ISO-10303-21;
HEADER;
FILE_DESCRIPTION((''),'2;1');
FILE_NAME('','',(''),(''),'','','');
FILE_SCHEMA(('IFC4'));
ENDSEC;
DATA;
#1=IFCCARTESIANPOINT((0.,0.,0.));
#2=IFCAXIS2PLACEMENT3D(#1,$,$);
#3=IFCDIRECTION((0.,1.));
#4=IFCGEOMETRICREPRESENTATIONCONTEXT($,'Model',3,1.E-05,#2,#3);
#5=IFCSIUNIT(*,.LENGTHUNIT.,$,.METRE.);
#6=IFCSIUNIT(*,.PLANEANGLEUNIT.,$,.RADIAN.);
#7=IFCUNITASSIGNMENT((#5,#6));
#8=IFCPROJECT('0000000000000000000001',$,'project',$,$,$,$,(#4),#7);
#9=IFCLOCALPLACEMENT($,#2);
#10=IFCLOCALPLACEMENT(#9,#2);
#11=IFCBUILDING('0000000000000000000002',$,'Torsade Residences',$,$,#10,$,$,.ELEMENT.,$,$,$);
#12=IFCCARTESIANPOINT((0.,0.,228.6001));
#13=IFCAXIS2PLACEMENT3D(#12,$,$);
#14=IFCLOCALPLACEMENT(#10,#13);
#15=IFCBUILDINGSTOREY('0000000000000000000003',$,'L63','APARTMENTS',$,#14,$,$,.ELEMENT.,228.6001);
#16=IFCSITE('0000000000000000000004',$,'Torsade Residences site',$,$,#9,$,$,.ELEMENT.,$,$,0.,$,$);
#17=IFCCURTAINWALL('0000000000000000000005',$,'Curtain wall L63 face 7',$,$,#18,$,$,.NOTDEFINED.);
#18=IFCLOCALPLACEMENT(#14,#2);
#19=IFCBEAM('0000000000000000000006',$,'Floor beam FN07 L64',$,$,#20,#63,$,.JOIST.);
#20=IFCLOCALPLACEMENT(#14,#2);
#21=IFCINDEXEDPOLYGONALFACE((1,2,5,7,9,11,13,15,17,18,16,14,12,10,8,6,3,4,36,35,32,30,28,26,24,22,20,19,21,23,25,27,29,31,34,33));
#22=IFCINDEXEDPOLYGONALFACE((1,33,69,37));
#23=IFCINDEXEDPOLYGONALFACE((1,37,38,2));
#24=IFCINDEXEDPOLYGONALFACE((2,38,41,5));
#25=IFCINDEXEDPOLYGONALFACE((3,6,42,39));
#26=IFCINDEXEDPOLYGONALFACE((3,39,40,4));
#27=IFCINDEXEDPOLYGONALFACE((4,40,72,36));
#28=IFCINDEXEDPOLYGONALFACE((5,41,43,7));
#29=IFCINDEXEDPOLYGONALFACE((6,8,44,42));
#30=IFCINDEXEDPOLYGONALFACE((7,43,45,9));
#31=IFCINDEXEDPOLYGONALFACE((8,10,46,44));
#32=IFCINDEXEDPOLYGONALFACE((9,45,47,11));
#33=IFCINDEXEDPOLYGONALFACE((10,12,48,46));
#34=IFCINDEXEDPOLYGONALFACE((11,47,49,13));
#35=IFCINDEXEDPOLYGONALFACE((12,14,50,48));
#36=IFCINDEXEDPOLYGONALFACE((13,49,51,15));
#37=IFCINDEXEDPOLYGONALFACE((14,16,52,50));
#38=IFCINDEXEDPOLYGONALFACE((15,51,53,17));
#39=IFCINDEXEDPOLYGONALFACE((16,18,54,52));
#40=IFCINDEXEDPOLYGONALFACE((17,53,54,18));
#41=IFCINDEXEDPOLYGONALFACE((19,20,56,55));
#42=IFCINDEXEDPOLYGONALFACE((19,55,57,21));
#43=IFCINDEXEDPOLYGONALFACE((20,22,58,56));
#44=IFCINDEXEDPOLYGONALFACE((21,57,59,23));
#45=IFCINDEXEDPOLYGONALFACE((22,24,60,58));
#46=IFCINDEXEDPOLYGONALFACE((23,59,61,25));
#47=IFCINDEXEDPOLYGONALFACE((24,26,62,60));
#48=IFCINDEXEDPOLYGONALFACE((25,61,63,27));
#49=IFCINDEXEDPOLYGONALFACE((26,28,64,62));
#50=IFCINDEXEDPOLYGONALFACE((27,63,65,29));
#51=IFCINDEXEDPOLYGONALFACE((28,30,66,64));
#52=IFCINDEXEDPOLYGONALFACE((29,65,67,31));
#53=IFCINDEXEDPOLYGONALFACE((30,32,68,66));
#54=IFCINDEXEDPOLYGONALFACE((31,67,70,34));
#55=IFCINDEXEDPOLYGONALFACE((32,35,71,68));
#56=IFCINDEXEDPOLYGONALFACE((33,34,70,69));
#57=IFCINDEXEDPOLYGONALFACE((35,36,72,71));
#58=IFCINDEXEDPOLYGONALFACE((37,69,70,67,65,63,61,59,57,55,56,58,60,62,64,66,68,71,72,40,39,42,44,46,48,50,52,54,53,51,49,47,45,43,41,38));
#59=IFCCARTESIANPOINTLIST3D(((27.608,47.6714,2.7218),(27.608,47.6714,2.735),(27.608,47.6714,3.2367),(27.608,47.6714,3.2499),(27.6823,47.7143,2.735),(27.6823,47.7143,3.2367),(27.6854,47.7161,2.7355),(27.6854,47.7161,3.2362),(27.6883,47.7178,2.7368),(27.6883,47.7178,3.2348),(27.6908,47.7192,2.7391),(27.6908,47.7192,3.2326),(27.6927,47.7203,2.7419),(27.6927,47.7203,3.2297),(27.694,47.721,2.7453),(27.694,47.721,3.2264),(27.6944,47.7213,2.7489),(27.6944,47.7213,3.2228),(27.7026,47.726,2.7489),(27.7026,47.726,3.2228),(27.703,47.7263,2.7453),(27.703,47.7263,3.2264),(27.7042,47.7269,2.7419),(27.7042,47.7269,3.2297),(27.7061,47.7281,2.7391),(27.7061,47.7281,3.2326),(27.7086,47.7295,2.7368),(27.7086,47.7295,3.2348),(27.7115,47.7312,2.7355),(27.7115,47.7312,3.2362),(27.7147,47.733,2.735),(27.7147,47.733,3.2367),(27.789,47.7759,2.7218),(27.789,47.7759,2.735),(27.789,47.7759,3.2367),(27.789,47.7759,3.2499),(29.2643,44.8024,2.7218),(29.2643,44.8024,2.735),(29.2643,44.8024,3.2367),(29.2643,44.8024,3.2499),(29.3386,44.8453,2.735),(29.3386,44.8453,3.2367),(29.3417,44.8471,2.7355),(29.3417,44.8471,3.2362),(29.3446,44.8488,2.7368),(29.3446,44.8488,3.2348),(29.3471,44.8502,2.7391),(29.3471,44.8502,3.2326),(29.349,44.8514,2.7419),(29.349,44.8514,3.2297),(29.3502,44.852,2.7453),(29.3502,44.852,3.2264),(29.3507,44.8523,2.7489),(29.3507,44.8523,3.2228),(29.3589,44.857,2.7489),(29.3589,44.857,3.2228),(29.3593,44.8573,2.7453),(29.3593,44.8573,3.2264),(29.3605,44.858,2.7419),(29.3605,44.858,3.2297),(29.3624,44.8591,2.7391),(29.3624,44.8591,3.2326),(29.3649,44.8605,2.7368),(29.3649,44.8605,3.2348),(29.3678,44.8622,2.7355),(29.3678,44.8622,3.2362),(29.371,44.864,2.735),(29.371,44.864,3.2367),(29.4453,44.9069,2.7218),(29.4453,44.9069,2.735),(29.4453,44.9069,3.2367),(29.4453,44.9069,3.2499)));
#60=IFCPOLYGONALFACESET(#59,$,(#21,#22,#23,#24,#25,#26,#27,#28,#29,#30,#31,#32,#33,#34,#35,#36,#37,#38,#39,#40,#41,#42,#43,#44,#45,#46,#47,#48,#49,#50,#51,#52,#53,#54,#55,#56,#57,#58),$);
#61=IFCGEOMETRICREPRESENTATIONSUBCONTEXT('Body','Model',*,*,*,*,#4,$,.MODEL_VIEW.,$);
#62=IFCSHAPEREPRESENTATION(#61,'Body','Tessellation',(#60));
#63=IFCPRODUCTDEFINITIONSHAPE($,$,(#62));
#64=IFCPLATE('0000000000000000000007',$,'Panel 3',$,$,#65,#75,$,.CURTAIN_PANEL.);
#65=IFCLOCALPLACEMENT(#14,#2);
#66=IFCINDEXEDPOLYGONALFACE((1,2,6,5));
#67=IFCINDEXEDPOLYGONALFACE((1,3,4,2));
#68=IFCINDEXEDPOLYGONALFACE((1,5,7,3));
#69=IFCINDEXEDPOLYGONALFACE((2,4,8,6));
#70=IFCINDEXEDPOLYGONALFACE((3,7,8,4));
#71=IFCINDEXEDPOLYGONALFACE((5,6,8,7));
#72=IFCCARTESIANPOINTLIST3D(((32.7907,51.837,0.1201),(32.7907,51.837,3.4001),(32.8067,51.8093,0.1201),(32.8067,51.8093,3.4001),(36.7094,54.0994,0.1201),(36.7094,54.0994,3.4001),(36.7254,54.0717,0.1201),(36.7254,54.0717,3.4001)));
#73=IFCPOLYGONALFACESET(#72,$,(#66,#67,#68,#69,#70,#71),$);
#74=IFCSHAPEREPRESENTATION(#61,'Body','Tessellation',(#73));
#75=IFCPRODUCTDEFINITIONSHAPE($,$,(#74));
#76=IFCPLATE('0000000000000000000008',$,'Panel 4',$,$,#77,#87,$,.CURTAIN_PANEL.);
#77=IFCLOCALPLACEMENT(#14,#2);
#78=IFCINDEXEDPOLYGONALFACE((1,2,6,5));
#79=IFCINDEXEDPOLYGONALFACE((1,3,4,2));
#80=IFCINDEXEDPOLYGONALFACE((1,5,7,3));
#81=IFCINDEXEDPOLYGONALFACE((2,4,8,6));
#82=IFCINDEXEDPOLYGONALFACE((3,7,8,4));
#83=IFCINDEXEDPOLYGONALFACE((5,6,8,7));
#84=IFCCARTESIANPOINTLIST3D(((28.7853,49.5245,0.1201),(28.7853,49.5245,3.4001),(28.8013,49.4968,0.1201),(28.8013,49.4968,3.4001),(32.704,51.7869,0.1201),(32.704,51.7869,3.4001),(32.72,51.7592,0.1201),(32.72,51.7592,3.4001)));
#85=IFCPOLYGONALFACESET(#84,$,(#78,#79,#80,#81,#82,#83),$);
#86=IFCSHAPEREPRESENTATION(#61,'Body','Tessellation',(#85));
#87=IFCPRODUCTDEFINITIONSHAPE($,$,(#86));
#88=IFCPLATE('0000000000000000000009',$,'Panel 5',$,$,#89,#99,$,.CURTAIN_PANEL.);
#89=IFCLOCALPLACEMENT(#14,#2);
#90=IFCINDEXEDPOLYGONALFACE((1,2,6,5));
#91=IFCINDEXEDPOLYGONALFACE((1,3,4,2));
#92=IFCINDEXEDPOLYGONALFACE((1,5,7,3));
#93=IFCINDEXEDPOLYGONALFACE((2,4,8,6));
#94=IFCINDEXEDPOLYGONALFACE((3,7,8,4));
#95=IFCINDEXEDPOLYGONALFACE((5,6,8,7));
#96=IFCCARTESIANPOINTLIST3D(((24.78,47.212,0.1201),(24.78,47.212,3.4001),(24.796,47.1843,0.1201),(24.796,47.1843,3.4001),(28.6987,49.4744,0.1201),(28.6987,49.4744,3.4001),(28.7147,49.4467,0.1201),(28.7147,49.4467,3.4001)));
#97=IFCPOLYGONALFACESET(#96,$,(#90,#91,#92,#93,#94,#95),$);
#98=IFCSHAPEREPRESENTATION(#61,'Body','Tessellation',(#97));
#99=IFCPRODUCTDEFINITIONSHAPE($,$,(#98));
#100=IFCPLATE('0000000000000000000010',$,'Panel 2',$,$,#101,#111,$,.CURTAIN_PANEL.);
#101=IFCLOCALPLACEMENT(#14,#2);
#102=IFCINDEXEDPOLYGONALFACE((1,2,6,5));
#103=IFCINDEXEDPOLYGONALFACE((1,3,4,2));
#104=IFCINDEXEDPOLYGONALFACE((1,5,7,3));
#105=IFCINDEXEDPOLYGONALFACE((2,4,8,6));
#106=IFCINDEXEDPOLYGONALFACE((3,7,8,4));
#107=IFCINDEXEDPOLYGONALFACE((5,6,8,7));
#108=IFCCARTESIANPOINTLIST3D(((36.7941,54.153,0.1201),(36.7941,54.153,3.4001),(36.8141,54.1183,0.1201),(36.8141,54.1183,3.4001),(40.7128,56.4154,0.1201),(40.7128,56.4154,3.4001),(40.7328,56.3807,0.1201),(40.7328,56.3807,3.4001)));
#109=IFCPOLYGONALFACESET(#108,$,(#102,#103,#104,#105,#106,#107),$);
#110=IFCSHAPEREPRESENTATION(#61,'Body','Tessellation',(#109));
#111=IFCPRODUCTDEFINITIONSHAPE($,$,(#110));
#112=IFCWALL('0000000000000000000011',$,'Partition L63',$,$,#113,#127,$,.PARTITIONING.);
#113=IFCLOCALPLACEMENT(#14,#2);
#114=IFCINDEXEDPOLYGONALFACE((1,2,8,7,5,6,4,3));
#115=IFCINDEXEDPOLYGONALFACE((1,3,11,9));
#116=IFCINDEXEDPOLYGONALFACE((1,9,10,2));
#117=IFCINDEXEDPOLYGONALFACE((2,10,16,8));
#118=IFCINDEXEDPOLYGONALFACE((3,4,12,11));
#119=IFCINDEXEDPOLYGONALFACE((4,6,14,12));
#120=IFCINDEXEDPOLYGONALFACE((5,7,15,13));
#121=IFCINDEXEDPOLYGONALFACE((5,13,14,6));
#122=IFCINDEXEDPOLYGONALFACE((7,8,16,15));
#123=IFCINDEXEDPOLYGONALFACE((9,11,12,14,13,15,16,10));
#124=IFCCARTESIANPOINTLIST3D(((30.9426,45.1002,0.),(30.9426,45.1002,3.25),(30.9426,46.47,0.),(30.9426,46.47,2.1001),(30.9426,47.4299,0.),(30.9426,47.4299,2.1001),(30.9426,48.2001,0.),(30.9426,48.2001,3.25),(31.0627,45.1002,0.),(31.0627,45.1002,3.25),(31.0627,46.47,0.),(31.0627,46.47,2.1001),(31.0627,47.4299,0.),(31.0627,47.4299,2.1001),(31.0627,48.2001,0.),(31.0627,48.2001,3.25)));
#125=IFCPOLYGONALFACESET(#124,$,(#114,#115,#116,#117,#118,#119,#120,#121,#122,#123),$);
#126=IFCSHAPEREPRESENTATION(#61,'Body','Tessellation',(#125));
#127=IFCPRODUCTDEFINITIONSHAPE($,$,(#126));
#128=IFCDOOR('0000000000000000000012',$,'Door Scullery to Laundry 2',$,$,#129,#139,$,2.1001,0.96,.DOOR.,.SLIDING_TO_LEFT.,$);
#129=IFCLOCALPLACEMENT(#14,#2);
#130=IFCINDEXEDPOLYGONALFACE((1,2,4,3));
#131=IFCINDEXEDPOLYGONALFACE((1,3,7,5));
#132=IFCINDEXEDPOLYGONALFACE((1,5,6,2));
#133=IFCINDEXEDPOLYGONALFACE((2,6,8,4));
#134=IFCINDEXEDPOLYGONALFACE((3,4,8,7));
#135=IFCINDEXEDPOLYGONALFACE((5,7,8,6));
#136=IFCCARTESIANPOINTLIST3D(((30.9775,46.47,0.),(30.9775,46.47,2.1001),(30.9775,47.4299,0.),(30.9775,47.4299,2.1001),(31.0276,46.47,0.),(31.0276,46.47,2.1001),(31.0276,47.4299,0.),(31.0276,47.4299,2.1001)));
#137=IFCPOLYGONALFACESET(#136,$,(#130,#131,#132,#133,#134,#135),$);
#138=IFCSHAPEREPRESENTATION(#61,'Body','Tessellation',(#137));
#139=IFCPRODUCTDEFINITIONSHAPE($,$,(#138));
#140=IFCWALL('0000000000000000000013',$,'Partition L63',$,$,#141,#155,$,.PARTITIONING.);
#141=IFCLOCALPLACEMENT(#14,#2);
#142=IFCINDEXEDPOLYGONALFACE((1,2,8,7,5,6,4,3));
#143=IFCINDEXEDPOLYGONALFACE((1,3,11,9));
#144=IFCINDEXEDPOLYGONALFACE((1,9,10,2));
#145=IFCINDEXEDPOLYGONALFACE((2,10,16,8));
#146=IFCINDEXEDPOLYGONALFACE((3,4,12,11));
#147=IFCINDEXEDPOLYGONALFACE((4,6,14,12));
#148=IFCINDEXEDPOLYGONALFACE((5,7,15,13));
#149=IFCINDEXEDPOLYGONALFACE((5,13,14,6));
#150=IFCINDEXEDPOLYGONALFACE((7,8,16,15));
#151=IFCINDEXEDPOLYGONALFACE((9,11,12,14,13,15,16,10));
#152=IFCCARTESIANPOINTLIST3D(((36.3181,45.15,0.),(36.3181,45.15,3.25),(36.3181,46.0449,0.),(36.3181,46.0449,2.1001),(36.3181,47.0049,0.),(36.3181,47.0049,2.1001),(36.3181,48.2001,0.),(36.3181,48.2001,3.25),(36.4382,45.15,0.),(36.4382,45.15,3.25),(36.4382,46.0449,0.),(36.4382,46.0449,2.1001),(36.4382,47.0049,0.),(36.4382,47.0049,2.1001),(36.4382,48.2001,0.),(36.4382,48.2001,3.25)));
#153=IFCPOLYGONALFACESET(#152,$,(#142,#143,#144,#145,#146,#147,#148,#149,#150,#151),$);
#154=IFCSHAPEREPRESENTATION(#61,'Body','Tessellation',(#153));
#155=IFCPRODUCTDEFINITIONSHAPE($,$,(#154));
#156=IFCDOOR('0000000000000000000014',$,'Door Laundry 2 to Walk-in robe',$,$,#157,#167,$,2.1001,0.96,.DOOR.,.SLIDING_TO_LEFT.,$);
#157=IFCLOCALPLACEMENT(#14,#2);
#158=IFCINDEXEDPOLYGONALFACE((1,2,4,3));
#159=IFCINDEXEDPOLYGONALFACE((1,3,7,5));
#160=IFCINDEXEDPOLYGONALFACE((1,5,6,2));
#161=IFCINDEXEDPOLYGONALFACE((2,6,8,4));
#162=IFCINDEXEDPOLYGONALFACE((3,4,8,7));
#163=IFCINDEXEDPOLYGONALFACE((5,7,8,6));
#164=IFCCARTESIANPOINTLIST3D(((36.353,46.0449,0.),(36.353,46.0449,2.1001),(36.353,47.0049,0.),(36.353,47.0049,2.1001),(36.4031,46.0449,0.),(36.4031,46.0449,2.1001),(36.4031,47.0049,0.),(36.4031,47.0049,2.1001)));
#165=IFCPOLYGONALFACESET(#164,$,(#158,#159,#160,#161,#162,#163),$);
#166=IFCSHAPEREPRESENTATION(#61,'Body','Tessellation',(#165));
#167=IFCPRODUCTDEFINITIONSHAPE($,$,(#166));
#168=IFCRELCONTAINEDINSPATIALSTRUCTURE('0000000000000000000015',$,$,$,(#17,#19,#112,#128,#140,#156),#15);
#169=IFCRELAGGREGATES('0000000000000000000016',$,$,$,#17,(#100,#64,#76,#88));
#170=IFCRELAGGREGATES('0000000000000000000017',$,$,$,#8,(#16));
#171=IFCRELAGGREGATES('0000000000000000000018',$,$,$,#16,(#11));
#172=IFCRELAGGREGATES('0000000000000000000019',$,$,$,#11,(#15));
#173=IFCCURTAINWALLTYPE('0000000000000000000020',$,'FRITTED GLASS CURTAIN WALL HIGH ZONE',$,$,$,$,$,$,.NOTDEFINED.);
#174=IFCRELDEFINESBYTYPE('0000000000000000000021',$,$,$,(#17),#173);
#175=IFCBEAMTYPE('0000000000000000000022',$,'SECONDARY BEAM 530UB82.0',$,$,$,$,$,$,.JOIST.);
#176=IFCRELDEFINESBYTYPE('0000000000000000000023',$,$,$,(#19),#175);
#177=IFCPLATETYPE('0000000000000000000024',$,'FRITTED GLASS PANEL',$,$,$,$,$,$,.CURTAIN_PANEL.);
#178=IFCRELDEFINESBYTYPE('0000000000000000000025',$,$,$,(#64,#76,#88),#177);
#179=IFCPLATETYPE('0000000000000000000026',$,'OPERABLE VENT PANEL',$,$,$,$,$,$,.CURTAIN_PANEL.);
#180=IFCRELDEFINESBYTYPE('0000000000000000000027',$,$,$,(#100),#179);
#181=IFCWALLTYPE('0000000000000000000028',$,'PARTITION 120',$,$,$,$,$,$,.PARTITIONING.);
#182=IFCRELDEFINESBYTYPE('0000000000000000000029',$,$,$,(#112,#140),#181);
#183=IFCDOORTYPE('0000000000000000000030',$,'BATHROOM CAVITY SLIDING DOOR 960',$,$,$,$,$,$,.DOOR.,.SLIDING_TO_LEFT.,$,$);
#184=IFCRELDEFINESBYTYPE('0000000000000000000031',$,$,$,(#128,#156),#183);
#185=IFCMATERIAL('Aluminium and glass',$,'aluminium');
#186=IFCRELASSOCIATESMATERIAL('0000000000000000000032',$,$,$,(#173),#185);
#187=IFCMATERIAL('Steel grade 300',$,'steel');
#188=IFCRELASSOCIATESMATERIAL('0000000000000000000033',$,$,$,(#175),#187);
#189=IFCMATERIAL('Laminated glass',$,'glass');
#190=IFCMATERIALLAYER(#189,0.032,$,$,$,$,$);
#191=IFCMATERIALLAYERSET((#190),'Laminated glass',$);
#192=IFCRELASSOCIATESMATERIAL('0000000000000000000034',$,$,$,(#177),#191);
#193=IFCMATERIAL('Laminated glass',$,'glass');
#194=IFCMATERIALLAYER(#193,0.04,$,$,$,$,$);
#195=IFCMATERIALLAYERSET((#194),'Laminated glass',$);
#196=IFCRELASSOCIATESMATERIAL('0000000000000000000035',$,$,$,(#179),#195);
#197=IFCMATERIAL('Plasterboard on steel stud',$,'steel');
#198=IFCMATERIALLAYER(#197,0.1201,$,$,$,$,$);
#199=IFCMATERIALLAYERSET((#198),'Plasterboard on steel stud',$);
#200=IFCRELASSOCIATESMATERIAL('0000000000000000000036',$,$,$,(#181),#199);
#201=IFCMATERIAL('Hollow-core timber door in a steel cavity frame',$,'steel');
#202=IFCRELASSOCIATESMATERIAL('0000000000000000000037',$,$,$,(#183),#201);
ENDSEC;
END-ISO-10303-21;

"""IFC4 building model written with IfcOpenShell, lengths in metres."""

from ifc_helpers import new_model, si_unit, direction, frame, frame_2d, origin, origin_2d, place, context, subcontext, project, spatial, rectangle, i_section, extrude, material, layer, layer_set, material_profile, profile_set, type_object, element, fill, aggregate, save


model = new_model("IFC4")

# Units and contexts
model_context = context("Model", 3, precision=1e-05, world=origin(), true_north=direction((0.0, 1.0)))
body_context = subcontext(model_context, "Body", "Model", "MODEL_VIEW")
ifc_project = project(units=[si_unit("LENGTHUNIT", "METRE"), si_unit("PLANEANGLEUNIT", "RADIAN")], contexts=[model_context])

# Site, building, storey
site_placement = place(None, origin())
site = spatial("IfcSite", under=ifc_project, at=site_placement, Name="Torsade Residences site", CompositionType="ELEMENT", RefElevation=0.0)
building_placement = place(site_placement, origin())
building = spatial("IfcBuilding", under=site, at=building_placement, Name="Torsade Residences", CompositionType="ELEMENT")
storey_placement = place(building_placement, frame((0.0, 0.0, 228.6001)))
storey = spatial("IfcBuildingStorey", under=building, at=storey_placement, Name="L63", Description="APARTMENTS", CompositionType="ELEMENT", Elevation=228.6001)

# Curtain wall
ifc_material_1 = material(Name="Aluminium and glass", Category="aluminium")
curtain_wall_type = type_object("IfcCurtainWallType", Name="FRITTED GLASS CURTAIN WALL HIGH ZONE", PredefinedType="NOTDEFINED", material=ifc_material_1)
curtain_wall_placement = place(storey_placement, origin())
curtain_wall = element("IfcCurtainWall", 1, at=curtain_wall_placement, inside=storey, type_object=curtain_wall_type, Name="Curtain wall L63 face 7", PredefinedType="NOTDEFINED")

# Beam
ifc_material_2 = material(Name="Steel grade 300", Category="steel")
ifc_material_profile_1 = material_profile(ifc_material_2, i_section(OverallWidth=0.209, OverallDepth=0.5281, WebThickness=0.0095, FlangeThickness=0.0132, FilletRadius=0.0139, at=origin_2d()), Name="530UB82.0")
ifc_profile_set_1 = profile_set([ifc_material_profile_1], Name="Steel grade 300")
beam_type_1 = type_object("IfcBeamType", Name="SECONDARY BEAM 530UB82.0", PredefinedType="JOIST", material=ifc_profile_set_1)
beam_1_placement = place(storey_placement, frame((27.6985, 47.7236, 2.9858), z_axis=(0.499976, -0.86604, 0.0), x_axis=(0.86604, 0.499976, 0.0)))
element("IfcBeam", 2, at=beam_1_placement, inside=storey, type_object=beam_type_1, Name="Floor beam FN07 L64", PredefinedType="JOIST", context=body_context, shape_type="SweptSolid", body=[
    extrude(i_section(OverallWidth=0.209, OverallDepth=0.5281, WebThickness=0.0095, FlangeThickness=0.0132, FilletRadius=0.0139, at=origin_2d()), origin(), (0.0, 0.0, 1.0), 3.3127),
])

# Plates
ifc_material_3 = material(Name="Laminated glass", Category="glass")
ifc_layer_1 = layer(ifc_material_3, 0.032)
ifc_layer_set_1 = layer_set([ifc_layer_1], Name="Laminated glass")
plate_type_1 = type_object("IfcPlateType", Name="FRITTED GLASS PANEL", PredefinedType="CURTAIN_PANEL", material=ifc_layer_set_1)
plate_1_placement = place(storey_placement, frame((34.7581, 52.9543, 0.1201), z_axis=(0.0, 0.0, 1.0), x_axis=(-0.866025, -0.5, 0.0)))
plate_1 = element("IfcPlate", 3, at=plate_1_placement, type_object=plate_type_1, Name="Panel 3", PredefinedType="CURTAIN_PANEL", context=body_context, shape_type="SweptSolid", body=[
    extrude(rectangle(XDim=4.5249, YDim=0.032, at=origin_2d()), origin(), (0.0, 0.0, 1.0), 3.28),
])
plate_2_placement = place(storey_placement, frame((30.7527, 50.6418, 0.1201), z_axis=(0.0, 0.0, 1.0), x_axis=(-0.866025, -0.5, 0.0)))
plate_2 = element("IfcPlate", 4, at=plate_2_placement, type_object=plate_type_1, Name="Panel 4", PredefinedType="CURTAIN_PANEL", context=body_context, shape_type="SweptSolid", body=[
    extrude(rectangle(XDim=4.5249, YDim=0.032, at=origin_2d()), origin(), (0.0, 0.0, 1.0), 3.28),
])
plate_3_placement = place(storey_placement, frame((26.7473, 48.3293, 0.1201), z_axis=(0.0, 0.0, 1.0), x_axis=(-0.866025, -0.5, 0.0)))
plate_3 = element("IfcPlate", 5, at=plate_3_placement, type_object=plate_type_1, Name="Panel 5", PredefinedType="CURTAIN_PANEL", context=body_context, shape_type="SweptSolid", body=[
    extrude(rectangle(XDim=4.5249, YDim=0.032, at=origin_2d()), origin(), (0.0, 0.0, 1.0), 3.28),
])
ifc_material_4 = material(Name="Laminated glass", Category="glass")
ifc_layer_2 = layer(ifc_material_4, 0.04)
ifc_layer_set_2 = layer_set([ifc_layer_2], Name="Laminated glass")
plate_type_2 = type_object("IfcPlateType", Name="OPERABLE VENT PANEL", PredefinedType="CURTAIN_PANEL", material=ifc_layer_set_2)
plate_4_placement = place(storey_placement, frame((38.7634, 55.2668, 0.1201), z_axis=(0.0, 0.0, 1.0), x_axis=(-0.866025, -0.5, 0.0)))
plate_4 = element("IfcPlate", 6, at=plate_4_placement, type_object=plate_type_2, Name="Panel 2", PredefinedType="CURTAIN_PANEL", context=body_context, shape_type="SweptSolid", body=[
    extrude(rectangle(XDim=4.5249, YDim=0.04, at=origin_2d()), origin(), (0.0, 0.0, 1.0), 3.28),
])
aggregate(curtain_wall, [plate_4, plate_1, plate_2, plate_3])

# Walls, openings, doors
ifc_material_5 = material(Name="Plasterboard on steel stud", Category="steel")
ifc_layer_3 = layer(ifc_material_5, 0.1201)
ifc_layer_set_3 = layer_set([ifc_layer_3], Name="Plasterboard on steel stud")
wall_type_1 = type_object("IfcWallType", Name="PARTITION 120", PredefinedType="PARTITIONING", material=ifc_layer_set_3)
wall_1_placement = place(storey_placement, frame((31.0027, 48.2, 0.0), z_axis=(0.0, 0.0, 1.0), x_axis=(0.0, -1.0, 0.0)))
wall_1 = element("IfcWall", 7, at=wall_1_placement, inside=storey, type_object=wall_type_1, Name="Partition L63", PredefinedType="PARTITIONING", context=body_context, shape_type="SweptSolid", body=[
    extrude(rectangle(XDim=3.0999, YDim=0.1201, at=frame_2d((1.5498, 0.0))), origin(), (0.0, 0.0, 1.0), 3.25),
])
opening_1_placement = place(wall_1_placement, frame((0.77, 0.0, 0.0)))
opening_1 = element("IfcOpeningElement", 8, at=opening_1_placement, cuts=wall_1, PredefinedType="OPENING", context=body_context, shape_type="SweptSolid", body=[
    extrude(rectangle(XDim=0.96, YDim=2.1001, at=frame_2d((0.48, 1.05))), frame((0.0, 0.0701, 0.0), z_axis=(0.0, -1.0, 0.0), x_axis=(1.0, 0.0, 0.0)), (0.0, 0.0, 1.0), 0.1401),
])
ifc_material_6 = material(Name="Hollow-core timber door in a steel cavity frame", Category="steel")
door_type_1 = type_object("IfcDoorType", Name="BATHROOM CAVITY SLIDING DOOR 960", OperationType="SLIDING_TO_LEFT", PredefinedType="DOOR", material=ifc_material_6)
door_1_placement = place(opening_1_placement, origin())
door_1 = element("IfcDoor", 9, at=door_1_placement, inside=storey, type_object=door_type_1, Name="Door Scullery to Laundry 2", OperationType="SLIDING_TO_LEFT", OverallHeight=2.1001, OverallWidth=0.96, PredefinedType="DOOR", context=body_context, shape_type="SweptSolid", body=[
    extrude(rectangle(XDim=0.96, YDim=2.1001, at=frame_2d((0.48, 1.05))), frame((0.0, 0.0249, 0.0), z_axis=(0.0, -1.0, 0.0), x_axis=(1.0, 0.0, 0.0)), (0.0, 0.0, 1.0), 0.05),
])
fill(opening_1, door_1)
wall_2_placement = place(storey_placement, frame((36.3782, 48.2, 0.0), z_axis=(0.0, 0.0, 1.0), x_axis=(0.0, -1.0, 0.0)))
wall_2 = element("IfcWall", 10, at=wall_2_placement, inside=storey, type_object=wall_type_1, Name="Partition L63", PredefinedType="PARTITIONING", context=body_context, shape_type="SweptSolid", body=[
    extrude(rectangle(XDim=3.05, YDim=0.1201, at=frame_2d((1.5249, 0.0))), origin(), (0.0, 0.0, 1.0), 3.25),
])
opening_2_placement = place(wall_2_placement, frame((1.1951, 0.0, 0.0)))
opening_2 = element("IfcOpeningElement", 11, at=opening_2_placement, cuts=wall_2, PredefinedType="OPENING", context=body_context, shape_type="SweptSolid", body=[
    extrude(rectangle(XDim=0.96, YDim=2.1001, at=frame_2d((0.48, 1.05))), frame((0.0, 0.0701, 0.0), z_axis=(0.0, -1.0, 0.0), x_axis=(1.0, 0.0, 0.0)), (0.0, 0.0, 1.0), 0.1401),
])
door_2_placement = place(opening_2_placement, origin())
door_2 = element("IfcDoor", 12, at=door_2_placement, inside=storey, type_object=door_type_1, Name="Door Laundry 2 to Walk-in robe", OperationType="SLIDING_TO_LEFT", OverallHeight=2.1001, OverallWidth=0.96, PredefinedType="DOOR", context=body_context, shape_type="SweptSolid", body=[
    extrude(rectangle(XDim=0.96, YDim=2.1001, at=frame_2d((0.48, 1.05))), frame((0.0, 0.0249, 0.0), z_axis=(0.0, -1.0, 0.0), x_axis=(1.0, 0.0, 0.0)), (0.0, 0.0, 1.0), 0.05),
])
fill(opening_2, door_2)

save(model, "model.ifc")
